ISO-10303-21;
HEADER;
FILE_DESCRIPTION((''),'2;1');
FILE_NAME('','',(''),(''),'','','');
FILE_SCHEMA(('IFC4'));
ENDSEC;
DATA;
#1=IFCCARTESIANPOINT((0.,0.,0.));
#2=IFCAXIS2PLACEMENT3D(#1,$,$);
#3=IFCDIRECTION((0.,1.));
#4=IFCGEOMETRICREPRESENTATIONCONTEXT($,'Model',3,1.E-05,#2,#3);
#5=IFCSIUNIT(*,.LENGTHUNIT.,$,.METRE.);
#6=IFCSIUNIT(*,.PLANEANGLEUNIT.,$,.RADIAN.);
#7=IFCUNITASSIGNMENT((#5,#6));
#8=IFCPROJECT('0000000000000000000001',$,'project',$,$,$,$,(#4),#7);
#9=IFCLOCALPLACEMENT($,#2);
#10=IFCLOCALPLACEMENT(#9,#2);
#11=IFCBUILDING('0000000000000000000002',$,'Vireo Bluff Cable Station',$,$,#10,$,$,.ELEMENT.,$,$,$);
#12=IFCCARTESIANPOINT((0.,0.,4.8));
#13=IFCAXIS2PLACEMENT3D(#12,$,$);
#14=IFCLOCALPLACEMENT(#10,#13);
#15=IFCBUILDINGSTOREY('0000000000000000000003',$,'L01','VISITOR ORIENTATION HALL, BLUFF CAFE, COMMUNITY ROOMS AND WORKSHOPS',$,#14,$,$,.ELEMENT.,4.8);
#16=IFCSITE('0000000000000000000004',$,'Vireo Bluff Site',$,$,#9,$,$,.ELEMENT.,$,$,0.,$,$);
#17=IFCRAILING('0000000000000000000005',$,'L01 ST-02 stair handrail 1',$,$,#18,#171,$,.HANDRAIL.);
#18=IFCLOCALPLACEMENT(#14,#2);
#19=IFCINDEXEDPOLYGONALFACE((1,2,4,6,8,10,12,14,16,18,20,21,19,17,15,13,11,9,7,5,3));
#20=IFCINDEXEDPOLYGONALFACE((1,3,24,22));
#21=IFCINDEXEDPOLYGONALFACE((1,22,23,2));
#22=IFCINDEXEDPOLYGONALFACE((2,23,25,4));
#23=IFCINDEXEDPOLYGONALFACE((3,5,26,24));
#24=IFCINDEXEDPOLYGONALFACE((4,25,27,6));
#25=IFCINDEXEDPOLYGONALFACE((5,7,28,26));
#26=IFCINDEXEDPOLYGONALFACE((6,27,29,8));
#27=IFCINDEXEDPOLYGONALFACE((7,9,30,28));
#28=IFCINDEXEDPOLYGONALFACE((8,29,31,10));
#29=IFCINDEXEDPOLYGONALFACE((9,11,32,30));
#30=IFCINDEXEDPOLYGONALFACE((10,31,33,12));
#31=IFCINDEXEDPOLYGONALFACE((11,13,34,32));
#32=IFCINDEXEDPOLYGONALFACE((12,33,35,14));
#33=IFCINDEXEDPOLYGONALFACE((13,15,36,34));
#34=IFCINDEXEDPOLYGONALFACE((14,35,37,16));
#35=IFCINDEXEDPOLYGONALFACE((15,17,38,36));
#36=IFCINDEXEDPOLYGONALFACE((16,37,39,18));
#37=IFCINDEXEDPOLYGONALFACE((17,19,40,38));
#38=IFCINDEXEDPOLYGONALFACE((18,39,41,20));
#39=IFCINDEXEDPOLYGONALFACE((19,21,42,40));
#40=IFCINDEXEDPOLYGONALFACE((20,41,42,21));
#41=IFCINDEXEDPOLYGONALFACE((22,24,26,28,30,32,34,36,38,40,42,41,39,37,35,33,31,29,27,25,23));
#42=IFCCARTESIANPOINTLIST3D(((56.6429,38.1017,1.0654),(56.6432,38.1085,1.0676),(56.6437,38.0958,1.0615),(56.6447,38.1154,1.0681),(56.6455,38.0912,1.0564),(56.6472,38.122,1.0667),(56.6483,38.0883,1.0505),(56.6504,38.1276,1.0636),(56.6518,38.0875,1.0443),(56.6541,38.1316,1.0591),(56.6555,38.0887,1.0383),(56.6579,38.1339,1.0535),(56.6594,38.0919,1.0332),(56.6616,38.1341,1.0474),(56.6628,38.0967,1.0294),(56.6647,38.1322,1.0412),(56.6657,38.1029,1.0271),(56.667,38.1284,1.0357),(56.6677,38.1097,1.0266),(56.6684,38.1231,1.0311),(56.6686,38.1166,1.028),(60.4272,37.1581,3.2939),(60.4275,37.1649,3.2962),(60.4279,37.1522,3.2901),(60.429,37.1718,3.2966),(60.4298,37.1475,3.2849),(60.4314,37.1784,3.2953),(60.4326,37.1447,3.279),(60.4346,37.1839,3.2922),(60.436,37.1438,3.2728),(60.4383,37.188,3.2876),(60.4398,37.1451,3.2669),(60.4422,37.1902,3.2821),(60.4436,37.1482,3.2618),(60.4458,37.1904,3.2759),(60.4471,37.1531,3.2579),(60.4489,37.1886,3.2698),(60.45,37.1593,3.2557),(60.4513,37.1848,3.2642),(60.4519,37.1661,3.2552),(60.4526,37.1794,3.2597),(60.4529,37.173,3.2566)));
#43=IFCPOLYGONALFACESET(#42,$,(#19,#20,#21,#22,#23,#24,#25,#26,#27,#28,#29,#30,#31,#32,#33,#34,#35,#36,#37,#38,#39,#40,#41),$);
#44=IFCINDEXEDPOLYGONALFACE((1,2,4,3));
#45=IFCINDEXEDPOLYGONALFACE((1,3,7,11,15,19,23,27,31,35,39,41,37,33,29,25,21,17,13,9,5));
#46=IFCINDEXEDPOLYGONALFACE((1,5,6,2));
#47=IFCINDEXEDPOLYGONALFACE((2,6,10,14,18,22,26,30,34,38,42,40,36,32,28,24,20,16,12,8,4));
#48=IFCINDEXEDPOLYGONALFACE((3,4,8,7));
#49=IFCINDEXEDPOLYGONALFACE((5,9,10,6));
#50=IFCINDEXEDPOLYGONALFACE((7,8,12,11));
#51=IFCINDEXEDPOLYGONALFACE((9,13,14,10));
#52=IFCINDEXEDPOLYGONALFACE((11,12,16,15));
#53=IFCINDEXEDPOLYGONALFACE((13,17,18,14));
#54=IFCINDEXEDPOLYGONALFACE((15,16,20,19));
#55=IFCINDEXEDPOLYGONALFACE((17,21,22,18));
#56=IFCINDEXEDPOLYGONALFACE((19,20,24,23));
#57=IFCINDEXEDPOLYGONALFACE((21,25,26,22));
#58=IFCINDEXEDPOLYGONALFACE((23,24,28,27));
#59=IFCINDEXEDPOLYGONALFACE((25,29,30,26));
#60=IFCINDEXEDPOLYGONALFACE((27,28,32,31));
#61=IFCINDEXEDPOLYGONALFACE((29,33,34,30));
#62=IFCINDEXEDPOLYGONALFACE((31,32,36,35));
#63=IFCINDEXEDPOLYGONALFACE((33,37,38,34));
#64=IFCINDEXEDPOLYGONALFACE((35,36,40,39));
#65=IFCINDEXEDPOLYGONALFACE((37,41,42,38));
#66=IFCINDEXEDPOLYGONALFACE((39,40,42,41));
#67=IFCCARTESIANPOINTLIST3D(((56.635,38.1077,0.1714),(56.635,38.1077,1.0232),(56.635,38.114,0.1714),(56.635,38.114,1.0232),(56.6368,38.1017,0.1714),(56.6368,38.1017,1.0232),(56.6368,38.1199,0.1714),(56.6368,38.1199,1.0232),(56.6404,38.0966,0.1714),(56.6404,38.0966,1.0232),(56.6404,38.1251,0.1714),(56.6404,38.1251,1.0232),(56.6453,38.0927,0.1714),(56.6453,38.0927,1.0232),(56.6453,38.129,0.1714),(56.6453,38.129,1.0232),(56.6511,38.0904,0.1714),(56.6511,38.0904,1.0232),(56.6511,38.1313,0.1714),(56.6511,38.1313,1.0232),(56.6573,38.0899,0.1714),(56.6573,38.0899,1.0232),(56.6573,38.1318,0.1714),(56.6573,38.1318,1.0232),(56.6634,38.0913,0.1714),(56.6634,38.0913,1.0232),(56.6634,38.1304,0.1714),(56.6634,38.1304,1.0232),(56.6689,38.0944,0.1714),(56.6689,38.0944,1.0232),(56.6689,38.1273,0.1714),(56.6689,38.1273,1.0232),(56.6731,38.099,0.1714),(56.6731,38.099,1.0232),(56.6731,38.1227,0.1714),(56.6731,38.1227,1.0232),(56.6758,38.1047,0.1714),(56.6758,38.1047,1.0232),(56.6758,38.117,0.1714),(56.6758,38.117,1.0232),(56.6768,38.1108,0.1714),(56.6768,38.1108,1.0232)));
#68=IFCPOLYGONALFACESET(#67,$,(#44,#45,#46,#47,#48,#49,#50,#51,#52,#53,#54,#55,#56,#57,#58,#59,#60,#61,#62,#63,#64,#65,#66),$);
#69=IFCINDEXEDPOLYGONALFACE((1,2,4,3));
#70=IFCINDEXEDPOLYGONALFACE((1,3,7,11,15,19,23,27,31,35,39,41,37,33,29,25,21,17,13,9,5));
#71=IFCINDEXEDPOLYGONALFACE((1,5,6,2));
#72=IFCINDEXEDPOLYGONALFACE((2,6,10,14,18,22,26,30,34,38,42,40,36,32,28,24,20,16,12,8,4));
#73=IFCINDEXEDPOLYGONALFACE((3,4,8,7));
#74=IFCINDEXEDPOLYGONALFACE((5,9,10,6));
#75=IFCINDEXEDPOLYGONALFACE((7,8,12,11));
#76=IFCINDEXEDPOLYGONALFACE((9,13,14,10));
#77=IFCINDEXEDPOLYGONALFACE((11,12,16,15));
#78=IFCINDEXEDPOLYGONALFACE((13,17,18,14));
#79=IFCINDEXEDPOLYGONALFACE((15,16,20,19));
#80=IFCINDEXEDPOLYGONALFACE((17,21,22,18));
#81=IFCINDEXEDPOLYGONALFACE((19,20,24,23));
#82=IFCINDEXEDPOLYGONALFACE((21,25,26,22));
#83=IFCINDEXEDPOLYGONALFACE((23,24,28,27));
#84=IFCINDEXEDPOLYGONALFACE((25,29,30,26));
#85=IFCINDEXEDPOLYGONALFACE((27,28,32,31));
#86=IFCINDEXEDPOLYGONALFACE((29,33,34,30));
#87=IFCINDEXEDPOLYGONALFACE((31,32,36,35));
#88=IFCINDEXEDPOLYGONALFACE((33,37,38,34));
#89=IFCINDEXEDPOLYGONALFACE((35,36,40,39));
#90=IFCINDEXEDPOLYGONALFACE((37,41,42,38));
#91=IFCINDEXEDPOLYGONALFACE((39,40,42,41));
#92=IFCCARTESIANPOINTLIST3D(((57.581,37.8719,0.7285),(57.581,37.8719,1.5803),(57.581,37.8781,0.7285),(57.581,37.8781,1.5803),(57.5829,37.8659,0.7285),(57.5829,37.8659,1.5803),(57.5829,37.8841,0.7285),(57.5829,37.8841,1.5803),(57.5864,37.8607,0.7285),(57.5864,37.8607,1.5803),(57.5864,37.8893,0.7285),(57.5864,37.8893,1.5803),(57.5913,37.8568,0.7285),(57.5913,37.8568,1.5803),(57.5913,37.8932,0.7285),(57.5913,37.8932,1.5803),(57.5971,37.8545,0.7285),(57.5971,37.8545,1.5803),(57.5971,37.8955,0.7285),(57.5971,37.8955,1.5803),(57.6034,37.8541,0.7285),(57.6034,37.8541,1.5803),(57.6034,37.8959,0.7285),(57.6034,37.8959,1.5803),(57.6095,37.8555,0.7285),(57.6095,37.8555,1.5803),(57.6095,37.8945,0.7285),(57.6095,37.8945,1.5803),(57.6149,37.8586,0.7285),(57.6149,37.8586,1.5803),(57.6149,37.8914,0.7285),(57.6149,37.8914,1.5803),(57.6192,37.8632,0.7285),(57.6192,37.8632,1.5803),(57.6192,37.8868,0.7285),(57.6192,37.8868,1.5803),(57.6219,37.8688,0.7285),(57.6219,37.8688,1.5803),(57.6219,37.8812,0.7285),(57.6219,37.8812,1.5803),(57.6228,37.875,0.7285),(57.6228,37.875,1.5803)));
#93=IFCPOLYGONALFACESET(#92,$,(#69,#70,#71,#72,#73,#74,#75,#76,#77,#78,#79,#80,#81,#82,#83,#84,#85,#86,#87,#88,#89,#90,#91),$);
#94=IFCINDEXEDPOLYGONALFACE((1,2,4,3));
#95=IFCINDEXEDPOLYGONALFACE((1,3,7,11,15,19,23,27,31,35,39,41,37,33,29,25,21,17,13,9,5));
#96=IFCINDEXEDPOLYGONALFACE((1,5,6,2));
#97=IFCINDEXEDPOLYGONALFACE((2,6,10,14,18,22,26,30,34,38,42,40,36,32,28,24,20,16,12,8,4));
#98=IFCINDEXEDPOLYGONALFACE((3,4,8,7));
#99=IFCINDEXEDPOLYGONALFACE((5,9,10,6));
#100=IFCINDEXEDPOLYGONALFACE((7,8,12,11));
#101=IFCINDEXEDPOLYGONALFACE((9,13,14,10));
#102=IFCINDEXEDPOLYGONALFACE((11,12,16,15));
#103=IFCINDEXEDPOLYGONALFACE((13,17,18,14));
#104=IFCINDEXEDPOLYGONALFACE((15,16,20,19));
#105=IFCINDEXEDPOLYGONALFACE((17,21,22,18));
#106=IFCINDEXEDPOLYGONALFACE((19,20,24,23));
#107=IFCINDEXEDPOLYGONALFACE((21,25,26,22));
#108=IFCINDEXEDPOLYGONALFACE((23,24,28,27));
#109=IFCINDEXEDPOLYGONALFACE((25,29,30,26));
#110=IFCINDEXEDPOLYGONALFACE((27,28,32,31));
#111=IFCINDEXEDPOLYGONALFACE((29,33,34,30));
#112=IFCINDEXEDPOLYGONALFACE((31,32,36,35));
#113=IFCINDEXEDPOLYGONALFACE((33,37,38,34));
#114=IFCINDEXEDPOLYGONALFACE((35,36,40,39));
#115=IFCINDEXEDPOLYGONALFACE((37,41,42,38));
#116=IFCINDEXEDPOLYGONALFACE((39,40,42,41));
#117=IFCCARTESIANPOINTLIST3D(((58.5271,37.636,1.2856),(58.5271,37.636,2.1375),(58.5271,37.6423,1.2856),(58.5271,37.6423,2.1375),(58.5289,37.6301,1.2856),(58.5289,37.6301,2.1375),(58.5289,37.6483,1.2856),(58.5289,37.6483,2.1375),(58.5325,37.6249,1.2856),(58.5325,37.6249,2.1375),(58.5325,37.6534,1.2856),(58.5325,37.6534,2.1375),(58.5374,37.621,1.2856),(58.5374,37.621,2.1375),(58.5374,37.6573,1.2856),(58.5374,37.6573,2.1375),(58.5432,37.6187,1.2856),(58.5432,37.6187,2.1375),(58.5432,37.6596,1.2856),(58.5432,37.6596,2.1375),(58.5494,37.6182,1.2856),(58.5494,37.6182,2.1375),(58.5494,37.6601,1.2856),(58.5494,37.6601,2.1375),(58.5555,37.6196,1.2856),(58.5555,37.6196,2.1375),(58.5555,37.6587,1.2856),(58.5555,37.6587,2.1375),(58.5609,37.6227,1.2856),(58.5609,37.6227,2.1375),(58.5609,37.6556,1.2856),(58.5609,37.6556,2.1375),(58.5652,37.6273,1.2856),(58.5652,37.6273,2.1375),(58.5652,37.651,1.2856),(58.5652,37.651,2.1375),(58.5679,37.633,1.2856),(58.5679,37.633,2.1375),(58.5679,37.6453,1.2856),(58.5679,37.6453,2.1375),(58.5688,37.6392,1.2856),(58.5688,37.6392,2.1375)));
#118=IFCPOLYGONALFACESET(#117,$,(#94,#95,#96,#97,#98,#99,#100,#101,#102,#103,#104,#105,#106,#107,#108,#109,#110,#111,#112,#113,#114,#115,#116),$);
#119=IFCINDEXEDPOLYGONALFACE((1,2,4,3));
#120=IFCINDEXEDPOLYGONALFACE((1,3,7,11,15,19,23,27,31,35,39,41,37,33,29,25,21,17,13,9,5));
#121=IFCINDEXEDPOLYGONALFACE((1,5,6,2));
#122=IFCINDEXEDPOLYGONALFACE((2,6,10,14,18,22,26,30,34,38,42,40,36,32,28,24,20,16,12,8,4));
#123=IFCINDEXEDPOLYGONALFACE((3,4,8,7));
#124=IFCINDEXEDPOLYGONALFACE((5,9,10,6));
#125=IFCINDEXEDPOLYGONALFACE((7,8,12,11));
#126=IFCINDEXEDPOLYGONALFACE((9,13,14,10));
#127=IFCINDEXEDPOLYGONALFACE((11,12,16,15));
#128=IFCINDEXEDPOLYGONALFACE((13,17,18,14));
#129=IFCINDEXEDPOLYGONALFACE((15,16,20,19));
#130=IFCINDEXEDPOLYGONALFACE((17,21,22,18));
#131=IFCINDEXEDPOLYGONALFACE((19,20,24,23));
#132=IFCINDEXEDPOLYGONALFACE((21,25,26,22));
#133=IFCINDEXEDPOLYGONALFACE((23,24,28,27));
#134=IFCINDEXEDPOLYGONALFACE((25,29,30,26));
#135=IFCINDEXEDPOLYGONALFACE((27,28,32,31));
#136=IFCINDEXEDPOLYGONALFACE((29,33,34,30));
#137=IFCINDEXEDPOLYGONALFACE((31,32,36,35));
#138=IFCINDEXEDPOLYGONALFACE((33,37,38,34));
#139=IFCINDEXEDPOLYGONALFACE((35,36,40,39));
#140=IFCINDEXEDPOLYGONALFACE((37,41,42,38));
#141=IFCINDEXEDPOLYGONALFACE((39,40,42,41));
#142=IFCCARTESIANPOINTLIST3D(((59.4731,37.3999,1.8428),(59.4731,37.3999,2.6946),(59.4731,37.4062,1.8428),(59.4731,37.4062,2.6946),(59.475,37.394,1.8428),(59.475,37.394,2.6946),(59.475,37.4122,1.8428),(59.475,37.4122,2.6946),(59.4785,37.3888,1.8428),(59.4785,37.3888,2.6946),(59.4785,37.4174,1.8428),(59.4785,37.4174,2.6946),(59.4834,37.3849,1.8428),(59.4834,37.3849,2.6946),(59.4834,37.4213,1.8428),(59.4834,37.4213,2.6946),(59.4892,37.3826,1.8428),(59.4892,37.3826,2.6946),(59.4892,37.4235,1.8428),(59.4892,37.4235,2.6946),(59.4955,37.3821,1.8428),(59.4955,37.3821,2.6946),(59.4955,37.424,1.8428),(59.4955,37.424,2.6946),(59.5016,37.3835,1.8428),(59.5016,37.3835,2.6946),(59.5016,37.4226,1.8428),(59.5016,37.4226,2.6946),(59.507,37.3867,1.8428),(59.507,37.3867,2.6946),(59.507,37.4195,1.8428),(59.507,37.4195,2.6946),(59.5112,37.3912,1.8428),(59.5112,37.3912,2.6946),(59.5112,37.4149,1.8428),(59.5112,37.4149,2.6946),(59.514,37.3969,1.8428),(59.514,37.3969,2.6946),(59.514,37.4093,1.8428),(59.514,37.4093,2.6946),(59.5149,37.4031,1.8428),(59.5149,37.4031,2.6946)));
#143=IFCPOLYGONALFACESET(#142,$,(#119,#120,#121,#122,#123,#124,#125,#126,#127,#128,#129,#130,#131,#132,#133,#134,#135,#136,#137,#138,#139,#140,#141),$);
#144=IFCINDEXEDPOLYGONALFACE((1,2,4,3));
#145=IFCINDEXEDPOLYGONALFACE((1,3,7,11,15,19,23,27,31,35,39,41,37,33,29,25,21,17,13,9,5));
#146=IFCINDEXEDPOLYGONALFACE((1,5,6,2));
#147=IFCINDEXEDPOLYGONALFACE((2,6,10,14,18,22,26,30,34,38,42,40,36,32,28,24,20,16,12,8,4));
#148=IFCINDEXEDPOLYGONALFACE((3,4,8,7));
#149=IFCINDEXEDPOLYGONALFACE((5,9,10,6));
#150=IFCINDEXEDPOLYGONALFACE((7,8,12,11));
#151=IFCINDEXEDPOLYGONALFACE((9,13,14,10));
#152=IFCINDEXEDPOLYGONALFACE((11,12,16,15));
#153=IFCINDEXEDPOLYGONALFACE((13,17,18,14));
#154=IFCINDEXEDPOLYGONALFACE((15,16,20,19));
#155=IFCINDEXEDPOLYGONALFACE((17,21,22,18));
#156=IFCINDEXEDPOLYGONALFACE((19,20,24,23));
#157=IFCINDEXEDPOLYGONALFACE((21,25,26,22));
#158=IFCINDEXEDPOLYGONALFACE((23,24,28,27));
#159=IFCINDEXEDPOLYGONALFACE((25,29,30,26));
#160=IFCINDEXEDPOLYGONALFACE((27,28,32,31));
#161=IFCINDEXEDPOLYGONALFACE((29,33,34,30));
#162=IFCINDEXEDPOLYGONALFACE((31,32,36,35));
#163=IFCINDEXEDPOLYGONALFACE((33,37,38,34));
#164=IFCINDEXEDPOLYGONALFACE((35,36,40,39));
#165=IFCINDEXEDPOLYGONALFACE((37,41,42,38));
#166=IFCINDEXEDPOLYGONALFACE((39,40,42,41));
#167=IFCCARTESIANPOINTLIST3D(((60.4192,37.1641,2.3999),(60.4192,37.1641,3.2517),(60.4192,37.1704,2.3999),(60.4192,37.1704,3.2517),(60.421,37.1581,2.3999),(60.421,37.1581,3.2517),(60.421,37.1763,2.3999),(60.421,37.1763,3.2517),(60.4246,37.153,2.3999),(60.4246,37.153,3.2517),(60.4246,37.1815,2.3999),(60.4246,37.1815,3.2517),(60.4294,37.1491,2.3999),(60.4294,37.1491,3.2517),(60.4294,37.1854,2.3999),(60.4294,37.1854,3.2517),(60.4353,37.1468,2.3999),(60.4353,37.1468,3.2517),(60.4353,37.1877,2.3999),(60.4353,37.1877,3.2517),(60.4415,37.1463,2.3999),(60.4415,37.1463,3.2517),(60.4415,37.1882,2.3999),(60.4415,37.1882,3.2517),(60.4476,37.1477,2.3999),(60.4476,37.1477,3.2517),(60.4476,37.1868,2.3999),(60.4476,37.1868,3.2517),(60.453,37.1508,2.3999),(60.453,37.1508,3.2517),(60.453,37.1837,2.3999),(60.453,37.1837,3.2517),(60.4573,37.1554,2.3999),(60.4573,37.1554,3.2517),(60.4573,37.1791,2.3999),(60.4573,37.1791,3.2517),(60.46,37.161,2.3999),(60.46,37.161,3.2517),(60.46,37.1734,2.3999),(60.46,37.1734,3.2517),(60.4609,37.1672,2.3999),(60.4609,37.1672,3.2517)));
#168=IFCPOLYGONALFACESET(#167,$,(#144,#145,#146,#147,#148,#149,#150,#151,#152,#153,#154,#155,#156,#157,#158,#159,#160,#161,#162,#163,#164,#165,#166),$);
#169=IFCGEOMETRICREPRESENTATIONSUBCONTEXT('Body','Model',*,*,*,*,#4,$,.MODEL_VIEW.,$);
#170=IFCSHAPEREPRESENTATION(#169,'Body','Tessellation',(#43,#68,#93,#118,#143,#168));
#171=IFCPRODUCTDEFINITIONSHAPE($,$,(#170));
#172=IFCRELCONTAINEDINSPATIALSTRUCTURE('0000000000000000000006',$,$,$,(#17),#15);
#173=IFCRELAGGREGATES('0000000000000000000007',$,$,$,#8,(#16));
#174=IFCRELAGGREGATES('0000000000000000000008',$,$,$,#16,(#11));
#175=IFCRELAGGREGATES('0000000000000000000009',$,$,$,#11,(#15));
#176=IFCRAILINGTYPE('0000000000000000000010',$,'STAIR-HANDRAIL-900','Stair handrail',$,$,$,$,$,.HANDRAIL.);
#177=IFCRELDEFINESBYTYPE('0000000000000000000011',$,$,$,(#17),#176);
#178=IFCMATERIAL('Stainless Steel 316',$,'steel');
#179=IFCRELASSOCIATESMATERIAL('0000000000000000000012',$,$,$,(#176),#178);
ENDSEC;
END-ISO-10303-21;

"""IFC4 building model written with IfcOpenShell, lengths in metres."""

from ifc_helpers import new_model, si_unit, direction, frame, origin, origin_2d, place, context, subcontext, project, spatial, circle, extrude, material, type_object, element, save


model = new_model("IFC4")

# Units and contexts
model_context = context("Model", 3, precision=1e-05, world=origin(), true_north=direction((0.0, 1.0)))
body_context = subcontext(model_context, "Body", "Model", "MODEL_VIEW")
ifc_project = project(units=[si_unit("LENGTHUNIT", "METRE"), si_unit("PLANEANGLEUNIT", "RADIAN")], contexts=[model_context])

# Site, building, storey
site_placement = place(None, origin())
site = spatial("IfcSite", under=ifc_project, at=site_placement, Name="Vireo Bluff Site", CompositionType="ELEMENT", RefElevation=0.0)
building_placement = place(site_placement, origin())
building = spatial("IfcBuilding", under=site, at=building_placement, Name="Vireo Bluff Cable Station", CompositionType="ELEMENT")
storey_placement = place(building_placement, frame((0.0, 0.0, 4.8)))
storey = spatial("IfcBuildingStorey", under=building, at=storey_placement, Name="L01", Description="VISITOR ORIENTATION HALL, BLUFF CAFE, COMMUNITY ROOMS AND WORKSHOPS", CompositionType="ELEMENT", Elevation=4.8)

# Railing
ifc_material_1 = material(Name="Stainless Steel 316", Category="steel")
railing_type_1 = type_object("IfcRailingType", Name="STAIR-HANDRAIL-900", Description="Stair handrail", PredefinedType="HANDRAIL", material=ifc_material_1)
railing_1_placement = place(storey_placement, frame((56.6558, 38.1108, 0.1714)))
element("IfcRailing", 1, at=railing_1_placement, inside=storey, type_object=railing_type_1, Name="L01 ST-02 stair handrail 1", PredefinedType="HANDRAIL", context=body_context, shape_type="SweptSolid", body=[
    extrude(circle(Radius=0.0239, at=origin_2d()), frame((0.0, 0.0, 0.876), z_axis=(0.842455, -0.21007, 0.496125), x_axis=(0.241946, 0.97029, 0.0)), (0.0, 0.0, 1.0), 4.4919),
    extrude(circle(Radius=0.021, at=origin_2d()), origin(), (0.0, 0.0, 1.0), 0.8518),
    extrude(circle(Radius=0.021, at=origin_2d()), frame((0.946, -0.2358, 0.5571)), (0.0, 0.0, 1.0), 0.8518),
    extrude(circle(Radius=0.021, at=origin_2d()), frame((1.8921, -0.4717, 1.1143)), (0.0, 0.0, 1.0), 0.8518),
    extrude(circle(Radius=0.021, at=origin_2d()), frame((2.8381, -0.7078, 1.6714)), (0.0, 0.0, 1.0), 0.8518),
    extrude(circle(Radius=0.021, at=origin_2d()), frame((3.7842, -0.9436, 2.2285)), (0.0, 0.0, 1.0), 0.8518),
])

save(model, "model.ifc")
